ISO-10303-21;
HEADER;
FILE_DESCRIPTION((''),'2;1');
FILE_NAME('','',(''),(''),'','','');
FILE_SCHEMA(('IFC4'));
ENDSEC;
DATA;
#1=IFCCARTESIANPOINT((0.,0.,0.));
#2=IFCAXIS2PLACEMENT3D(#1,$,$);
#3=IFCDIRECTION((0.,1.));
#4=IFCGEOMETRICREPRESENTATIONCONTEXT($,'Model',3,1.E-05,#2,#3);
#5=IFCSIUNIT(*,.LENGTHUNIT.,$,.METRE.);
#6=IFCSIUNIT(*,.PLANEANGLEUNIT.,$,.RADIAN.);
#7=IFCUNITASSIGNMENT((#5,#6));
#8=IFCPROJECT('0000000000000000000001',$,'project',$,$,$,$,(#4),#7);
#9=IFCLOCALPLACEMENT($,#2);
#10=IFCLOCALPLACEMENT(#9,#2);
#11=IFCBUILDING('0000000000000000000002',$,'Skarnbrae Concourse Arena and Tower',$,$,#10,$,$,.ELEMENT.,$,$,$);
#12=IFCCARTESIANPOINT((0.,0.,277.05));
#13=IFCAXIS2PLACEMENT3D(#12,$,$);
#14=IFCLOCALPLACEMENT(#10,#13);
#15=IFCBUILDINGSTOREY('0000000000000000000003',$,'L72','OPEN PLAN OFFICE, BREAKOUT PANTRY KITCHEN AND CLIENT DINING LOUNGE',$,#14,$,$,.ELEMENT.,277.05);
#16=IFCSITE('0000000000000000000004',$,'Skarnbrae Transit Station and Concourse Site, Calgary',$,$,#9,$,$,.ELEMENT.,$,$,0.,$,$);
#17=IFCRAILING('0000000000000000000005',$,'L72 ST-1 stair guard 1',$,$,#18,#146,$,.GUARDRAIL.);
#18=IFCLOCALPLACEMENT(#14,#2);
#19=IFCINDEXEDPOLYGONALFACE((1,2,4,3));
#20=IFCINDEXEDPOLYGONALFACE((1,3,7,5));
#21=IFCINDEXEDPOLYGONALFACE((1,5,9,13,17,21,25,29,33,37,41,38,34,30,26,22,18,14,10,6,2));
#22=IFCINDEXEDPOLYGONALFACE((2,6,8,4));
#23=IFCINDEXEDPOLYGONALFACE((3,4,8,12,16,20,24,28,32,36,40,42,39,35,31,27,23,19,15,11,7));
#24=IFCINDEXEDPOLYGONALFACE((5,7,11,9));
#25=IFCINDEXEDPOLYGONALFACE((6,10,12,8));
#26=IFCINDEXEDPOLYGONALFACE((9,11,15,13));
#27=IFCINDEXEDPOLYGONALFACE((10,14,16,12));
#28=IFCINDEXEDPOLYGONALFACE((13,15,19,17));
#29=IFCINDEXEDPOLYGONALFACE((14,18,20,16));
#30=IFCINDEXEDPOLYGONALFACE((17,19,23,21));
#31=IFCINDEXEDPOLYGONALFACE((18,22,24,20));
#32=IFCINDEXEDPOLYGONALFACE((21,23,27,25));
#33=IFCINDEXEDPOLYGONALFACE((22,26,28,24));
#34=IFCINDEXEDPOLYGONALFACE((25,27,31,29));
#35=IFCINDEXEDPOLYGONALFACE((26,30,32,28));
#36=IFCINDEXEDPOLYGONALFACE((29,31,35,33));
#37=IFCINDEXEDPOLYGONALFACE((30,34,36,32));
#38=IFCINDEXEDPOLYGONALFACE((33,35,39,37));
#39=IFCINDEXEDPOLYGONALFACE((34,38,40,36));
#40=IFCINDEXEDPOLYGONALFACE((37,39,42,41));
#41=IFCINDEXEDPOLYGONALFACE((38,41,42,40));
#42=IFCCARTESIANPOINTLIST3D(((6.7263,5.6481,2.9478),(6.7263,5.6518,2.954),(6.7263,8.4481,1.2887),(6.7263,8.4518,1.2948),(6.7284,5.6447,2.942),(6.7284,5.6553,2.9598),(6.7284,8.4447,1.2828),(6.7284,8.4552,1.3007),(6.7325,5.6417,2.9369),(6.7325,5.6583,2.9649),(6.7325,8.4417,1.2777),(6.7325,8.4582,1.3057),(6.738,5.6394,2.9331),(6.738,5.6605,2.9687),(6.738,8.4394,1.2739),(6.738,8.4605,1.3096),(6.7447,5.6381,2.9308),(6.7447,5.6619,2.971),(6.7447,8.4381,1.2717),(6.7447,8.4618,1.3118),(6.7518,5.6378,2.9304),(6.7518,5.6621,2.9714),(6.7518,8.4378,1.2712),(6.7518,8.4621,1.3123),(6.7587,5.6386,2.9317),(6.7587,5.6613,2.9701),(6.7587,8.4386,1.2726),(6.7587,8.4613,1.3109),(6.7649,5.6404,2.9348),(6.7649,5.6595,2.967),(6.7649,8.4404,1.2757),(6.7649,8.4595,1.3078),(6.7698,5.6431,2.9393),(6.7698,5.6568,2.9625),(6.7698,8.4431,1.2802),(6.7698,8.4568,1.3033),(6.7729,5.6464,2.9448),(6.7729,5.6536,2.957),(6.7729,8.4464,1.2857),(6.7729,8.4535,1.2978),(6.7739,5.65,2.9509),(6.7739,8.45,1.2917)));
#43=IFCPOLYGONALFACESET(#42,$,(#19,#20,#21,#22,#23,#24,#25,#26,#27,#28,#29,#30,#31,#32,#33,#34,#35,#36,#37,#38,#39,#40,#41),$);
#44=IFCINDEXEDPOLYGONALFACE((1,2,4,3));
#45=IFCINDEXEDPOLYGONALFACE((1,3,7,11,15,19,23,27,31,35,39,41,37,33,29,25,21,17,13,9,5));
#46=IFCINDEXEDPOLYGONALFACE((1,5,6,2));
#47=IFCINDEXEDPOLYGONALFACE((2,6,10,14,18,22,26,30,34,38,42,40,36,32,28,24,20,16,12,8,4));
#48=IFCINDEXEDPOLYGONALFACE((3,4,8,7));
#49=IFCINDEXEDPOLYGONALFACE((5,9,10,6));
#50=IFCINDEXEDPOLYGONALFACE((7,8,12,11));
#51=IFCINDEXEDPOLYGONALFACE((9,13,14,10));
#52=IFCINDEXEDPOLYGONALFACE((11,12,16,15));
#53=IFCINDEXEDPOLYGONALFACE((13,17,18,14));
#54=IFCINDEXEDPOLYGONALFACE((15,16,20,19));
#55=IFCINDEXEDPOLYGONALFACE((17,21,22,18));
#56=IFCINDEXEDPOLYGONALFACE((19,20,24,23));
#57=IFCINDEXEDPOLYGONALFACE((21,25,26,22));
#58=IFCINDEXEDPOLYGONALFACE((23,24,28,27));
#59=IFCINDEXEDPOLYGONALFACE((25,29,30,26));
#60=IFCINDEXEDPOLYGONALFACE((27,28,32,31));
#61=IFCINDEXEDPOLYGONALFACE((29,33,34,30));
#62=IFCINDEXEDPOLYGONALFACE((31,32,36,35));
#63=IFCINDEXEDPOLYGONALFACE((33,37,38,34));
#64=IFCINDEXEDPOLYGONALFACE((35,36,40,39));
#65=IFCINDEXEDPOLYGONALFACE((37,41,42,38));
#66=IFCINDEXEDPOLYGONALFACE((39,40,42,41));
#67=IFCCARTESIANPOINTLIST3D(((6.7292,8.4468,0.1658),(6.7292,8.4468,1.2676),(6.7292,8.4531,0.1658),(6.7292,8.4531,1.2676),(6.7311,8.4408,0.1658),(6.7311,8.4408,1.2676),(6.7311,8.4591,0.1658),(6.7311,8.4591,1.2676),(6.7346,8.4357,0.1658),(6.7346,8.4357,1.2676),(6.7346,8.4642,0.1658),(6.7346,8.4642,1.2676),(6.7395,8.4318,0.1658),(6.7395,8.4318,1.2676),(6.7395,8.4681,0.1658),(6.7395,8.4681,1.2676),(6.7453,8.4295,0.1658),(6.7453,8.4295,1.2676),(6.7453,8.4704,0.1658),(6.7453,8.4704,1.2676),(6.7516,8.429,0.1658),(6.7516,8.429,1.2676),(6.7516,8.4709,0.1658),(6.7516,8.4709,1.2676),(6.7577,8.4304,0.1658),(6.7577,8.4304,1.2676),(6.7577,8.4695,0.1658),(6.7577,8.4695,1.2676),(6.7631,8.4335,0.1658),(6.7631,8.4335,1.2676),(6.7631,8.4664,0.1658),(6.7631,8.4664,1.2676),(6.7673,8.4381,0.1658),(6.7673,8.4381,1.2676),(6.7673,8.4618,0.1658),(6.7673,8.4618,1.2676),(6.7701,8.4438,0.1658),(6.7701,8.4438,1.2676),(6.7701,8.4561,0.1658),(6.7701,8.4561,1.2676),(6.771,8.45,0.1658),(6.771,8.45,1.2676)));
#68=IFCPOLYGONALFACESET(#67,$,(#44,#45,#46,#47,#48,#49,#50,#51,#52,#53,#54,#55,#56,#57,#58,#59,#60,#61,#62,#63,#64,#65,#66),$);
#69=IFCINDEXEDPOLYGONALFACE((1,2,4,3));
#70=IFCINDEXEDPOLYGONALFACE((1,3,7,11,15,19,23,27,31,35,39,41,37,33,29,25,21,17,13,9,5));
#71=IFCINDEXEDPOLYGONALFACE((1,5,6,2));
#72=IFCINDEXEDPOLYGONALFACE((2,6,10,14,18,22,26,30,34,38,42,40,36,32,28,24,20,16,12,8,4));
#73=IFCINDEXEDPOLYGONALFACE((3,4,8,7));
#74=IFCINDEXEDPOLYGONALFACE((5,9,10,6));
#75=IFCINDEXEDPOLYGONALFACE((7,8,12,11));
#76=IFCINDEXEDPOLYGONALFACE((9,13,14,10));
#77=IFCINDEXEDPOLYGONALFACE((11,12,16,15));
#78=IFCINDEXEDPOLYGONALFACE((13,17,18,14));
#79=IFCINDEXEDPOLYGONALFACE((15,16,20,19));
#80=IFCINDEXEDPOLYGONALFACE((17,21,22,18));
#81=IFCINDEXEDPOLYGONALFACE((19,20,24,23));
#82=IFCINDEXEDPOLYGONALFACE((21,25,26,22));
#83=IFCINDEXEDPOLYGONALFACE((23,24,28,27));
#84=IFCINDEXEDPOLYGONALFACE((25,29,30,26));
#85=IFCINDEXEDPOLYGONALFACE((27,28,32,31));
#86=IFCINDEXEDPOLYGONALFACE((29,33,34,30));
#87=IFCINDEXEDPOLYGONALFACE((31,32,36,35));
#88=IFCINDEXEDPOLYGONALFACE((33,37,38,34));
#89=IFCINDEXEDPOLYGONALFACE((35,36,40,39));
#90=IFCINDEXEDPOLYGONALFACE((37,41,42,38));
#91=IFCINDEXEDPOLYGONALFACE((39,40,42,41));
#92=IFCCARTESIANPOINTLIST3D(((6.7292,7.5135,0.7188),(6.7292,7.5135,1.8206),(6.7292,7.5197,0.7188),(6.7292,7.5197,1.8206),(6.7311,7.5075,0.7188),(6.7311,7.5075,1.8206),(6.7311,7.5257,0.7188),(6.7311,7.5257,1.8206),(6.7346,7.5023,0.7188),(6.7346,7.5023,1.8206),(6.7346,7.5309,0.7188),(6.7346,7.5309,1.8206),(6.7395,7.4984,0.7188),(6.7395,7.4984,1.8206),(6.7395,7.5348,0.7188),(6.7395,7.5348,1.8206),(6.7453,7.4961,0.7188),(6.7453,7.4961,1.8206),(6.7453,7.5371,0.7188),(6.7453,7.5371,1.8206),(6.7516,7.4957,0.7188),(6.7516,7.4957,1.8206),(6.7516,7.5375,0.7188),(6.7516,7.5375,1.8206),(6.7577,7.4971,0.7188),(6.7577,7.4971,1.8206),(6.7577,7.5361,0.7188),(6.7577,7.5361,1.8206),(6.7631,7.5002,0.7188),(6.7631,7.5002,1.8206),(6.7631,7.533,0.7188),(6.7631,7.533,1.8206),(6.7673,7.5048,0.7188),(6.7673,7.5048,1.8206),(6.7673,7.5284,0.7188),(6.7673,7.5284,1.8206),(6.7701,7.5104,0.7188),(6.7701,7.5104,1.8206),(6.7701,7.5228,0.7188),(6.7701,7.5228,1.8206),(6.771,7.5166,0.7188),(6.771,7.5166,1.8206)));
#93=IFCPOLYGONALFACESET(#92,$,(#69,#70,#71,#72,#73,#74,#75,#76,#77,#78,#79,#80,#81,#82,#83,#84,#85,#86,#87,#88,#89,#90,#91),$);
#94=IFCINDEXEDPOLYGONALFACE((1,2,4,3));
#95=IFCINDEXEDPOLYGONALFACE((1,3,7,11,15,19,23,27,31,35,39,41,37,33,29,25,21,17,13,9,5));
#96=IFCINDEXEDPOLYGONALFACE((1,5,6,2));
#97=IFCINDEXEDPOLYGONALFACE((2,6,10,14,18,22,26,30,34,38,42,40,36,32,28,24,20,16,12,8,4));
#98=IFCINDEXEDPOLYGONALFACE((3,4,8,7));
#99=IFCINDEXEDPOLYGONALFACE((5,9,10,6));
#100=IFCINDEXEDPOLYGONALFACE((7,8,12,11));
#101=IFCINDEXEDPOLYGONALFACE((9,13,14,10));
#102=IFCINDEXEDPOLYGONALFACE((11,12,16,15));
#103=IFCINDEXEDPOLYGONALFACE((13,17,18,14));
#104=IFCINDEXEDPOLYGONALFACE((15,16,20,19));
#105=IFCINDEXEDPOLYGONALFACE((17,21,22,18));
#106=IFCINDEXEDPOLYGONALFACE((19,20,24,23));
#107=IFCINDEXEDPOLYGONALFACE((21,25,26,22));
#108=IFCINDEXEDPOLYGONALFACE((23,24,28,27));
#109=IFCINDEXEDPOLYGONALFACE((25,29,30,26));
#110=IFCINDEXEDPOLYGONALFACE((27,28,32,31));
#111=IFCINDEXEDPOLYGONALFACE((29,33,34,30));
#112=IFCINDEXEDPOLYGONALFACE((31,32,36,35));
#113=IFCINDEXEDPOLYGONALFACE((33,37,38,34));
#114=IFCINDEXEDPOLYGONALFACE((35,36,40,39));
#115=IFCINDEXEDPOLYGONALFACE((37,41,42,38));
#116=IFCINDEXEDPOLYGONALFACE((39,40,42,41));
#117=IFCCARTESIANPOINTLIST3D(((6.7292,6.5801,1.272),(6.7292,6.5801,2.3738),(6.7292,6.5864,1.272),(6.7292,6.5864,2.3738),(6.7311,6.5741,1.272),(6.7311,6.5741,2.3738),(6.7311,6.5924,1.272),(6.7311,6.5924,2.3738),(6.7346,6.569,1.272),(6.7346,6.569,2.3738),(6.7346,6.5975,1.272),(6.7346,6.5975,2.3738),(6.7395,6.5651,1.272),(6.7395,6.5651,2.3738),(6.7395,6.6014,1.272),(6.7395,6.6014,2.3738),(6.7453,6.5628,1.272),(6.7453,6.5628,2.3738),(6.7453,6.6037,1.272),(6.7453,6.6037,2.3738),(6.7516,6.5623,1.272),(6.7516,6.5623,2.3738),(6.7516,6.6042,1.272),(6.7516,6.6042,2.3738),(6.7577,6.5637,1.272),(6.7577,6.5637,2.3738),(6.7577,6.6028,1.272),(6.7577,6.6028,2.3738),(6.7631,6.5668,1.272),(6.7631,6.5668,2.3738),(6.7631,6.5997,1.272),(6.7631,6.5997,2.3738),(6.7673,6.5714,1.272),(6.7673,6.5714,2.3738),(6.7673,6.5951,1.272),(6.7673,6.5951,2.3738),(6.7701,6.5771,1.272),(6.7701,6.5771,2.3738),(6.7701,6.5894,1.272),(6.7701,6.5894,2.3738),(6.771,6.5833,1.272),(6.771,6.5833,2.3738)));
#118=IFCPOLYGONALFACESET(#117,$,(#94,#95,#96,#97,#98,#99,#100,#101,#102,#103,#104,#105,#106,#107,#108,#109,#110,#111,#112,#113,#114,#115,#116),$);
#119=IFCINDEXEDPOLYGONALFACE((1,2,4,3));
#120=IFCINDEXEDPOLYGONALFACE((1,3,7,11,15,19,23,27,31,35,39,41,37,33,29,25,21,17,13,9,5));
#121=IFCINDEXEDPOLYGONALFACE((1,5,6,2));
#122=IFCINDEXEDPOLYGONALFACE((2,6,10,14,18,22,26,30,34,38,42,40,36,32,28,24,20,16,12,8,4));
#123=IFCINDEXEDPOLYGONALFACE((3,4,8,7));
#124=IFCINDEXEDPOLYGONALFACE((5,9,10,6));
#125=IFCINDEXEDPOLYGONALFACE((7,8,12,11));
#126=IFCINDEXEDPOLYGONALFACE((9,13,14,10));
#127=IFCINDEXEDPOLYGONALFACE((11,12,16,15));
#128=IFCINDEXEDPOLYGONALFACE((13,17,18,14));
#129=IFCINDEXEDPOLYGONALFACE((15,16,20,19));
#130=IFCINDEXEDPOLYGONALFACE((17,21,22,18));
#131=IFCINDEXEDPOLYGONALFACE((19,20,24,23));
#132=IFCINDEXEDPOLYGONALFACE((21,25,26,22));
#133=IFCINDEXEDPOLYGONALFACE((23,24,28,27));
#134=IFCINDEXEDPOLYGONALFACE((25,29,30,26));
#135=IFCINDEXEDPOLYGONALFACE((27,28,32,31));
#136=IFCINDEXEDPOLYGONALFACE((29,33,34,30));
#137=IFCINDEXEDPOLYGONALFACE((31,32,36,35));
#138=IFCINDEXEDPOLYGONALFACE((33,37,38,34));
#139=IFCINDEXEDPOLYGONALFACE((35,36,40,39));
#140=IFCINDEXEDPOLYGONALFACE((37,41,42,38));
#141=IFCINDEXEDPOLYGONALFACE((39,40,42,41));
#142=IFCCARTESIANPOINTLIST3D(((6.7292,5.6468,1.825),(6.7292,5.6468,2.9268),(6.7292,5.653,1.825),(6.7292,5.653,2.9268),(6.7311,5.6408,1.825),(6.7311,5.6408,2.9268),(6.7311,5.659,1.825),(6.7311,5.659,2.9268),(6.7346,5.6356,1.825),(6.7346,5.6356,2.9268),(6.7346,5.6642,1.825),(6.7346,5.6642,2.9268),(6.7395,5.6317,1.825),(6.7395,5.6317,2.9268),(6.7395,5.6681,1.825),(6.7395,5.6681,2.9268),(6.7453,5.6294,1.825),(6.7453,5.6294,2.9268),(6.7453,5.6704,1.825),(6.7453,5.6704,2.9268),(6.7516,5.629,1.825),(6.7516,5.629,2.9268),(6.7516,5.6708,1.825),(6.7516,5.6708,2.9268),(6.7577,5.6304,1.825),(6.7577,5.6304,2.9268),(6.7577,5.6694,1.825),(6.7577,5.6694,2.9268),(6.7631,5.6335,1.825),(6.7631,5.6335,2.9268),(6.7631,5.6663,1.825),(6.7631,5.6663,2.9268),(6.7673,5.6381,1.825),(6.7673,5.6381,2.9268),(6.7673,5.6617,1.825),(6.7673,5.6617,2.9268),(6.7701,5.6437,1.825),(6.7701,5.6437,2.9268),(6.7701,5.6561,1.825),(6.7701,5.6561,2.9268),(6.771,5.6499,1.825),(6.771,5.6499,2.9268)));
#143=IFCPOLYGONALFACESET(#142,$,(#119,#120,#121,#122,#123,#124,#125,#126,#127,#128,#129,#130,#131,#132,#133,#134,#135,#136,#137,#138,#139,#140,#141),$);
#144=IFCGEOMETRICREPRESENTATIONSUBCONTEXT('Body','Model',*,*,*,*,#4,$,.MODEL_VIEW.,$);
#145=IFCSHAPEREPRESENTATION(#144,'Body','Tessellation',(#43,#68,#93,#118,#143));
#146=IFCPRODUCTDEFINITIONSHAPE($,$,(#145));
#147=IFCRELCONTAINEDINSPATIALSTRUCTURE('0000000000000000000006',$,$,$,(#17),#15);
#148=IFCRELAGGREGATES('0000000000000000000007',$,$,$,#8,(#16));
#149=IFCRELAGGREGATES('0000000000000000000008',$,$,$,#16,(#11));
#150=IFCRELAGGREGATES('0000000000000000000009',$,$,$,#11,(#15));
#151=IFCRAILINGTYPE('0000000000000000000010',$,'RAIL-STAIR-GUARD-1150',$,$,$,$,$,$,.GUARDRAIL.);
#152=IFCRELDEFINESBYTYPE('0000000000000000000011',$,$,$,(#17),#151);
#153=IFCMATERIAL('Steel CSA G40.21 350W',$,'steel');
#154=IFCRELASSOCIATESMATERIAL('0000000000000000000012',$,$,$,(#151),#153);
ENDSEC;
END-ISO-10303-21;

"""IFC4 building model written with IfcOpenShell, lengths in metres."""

from ifc_helpers import new_model, si_unit, direction, frame, origin, origin_2d, place, context, subcontext, project, spatial, circle, extrude, material, type_object, element, save


model = new_model("IFC4")

# Units and contexts
model_context = context("Model", 3, precision=1e-05, world=origin(), true_north=direction((0.0, 1.0)))
body_context = subcontext(model_context, "Body", "Model", "MODEL_VIEW")
ifc_project = project(units=[si_unit("LENGTHUNIT", "METRE"), si_unit("PLANEANGLEUNIT", "RADIAN")], contexts=[model_context])

# Site, building, storey
site_placement = place(None, origin())
site = spatial("IfcSite", under=ifc_project, at=site_placement, Name="Skarnbrae Transit Station and Concourse Site, Calgary", CompositionType="ELEMENT", RefElevation=0.0)
building_placement = place(site_placement, origin())
building = spatial("IfcBuilding", under=site, at=building_placement, Name="Skarnbrae Concourse Arena and Tower", CompositionType="ELEMENT")
storey_placement = place(building_placement, frame((0.0, 0.0, 277.05)))
storey = spatial("IfcBuildingStorey", under=building, at=storey_placement, Name="L72", Description="OPEN PLAN OFFICE, BREAKOUT PANTRY KITCHEN AND CLIENT DINING LOUNGE", CompositionType="ELEMENT", Elevation=277.05)

# Shared definitions
ifc_material_1 = material(Name="Steel CSA G40.21 350W", Category="steel")

# Railing
railing_type_1 = type_object("IfcRailingType", Name="RAIL-STAIR-GUARD-1150", PredefinedType="GUARDRAIL", material=ifc_material_1)
railing_1_placement = place(storey_placement, frame((6.75, 8.45, 0.1658)))
element("IfcRailing", 1, at=railing_1_placement, inside=storey, type_object=railing_type_1, Name="L72 ST-1 stair guard 1", PredefinedType="GUARDRAIL", context=body_context, shape_type="SweptSolid", body=[
    extrude(circle(Radius=0.0239, at=origin_2d()), frame((0.0, 0.0, 1.126), z_axis=(0.0, -0.860306, 0.509778), x_axis=(1.0, 0.0, 0.0)), (0.0, 0.0, 1.0), 3.2546),
    extrude(circle(Radius=0.021, at=origin_2d()), origin(), (0.0, 0.0, 1.0), 1.1018),
    extrude(circle(Radius=0.021, at=origin_2d()), frame((0.0, -0.9333, 0.553)), (0.0, 0.0, 1.0), 1.1018),
    extrude(circle(Radius=0.021, at=origin_2d()), frame((0.0, -1.8667, 1.1062)), (0.0, 0.0, 1.0), 1.1018),
    extrude(circle(Radius=0.021, at=origin_2d()), frame((0.0, -2.8, 1.6592)), (0.0, 0.0, 1.0), 1.1018),
])

save(model, "model.ifc")
